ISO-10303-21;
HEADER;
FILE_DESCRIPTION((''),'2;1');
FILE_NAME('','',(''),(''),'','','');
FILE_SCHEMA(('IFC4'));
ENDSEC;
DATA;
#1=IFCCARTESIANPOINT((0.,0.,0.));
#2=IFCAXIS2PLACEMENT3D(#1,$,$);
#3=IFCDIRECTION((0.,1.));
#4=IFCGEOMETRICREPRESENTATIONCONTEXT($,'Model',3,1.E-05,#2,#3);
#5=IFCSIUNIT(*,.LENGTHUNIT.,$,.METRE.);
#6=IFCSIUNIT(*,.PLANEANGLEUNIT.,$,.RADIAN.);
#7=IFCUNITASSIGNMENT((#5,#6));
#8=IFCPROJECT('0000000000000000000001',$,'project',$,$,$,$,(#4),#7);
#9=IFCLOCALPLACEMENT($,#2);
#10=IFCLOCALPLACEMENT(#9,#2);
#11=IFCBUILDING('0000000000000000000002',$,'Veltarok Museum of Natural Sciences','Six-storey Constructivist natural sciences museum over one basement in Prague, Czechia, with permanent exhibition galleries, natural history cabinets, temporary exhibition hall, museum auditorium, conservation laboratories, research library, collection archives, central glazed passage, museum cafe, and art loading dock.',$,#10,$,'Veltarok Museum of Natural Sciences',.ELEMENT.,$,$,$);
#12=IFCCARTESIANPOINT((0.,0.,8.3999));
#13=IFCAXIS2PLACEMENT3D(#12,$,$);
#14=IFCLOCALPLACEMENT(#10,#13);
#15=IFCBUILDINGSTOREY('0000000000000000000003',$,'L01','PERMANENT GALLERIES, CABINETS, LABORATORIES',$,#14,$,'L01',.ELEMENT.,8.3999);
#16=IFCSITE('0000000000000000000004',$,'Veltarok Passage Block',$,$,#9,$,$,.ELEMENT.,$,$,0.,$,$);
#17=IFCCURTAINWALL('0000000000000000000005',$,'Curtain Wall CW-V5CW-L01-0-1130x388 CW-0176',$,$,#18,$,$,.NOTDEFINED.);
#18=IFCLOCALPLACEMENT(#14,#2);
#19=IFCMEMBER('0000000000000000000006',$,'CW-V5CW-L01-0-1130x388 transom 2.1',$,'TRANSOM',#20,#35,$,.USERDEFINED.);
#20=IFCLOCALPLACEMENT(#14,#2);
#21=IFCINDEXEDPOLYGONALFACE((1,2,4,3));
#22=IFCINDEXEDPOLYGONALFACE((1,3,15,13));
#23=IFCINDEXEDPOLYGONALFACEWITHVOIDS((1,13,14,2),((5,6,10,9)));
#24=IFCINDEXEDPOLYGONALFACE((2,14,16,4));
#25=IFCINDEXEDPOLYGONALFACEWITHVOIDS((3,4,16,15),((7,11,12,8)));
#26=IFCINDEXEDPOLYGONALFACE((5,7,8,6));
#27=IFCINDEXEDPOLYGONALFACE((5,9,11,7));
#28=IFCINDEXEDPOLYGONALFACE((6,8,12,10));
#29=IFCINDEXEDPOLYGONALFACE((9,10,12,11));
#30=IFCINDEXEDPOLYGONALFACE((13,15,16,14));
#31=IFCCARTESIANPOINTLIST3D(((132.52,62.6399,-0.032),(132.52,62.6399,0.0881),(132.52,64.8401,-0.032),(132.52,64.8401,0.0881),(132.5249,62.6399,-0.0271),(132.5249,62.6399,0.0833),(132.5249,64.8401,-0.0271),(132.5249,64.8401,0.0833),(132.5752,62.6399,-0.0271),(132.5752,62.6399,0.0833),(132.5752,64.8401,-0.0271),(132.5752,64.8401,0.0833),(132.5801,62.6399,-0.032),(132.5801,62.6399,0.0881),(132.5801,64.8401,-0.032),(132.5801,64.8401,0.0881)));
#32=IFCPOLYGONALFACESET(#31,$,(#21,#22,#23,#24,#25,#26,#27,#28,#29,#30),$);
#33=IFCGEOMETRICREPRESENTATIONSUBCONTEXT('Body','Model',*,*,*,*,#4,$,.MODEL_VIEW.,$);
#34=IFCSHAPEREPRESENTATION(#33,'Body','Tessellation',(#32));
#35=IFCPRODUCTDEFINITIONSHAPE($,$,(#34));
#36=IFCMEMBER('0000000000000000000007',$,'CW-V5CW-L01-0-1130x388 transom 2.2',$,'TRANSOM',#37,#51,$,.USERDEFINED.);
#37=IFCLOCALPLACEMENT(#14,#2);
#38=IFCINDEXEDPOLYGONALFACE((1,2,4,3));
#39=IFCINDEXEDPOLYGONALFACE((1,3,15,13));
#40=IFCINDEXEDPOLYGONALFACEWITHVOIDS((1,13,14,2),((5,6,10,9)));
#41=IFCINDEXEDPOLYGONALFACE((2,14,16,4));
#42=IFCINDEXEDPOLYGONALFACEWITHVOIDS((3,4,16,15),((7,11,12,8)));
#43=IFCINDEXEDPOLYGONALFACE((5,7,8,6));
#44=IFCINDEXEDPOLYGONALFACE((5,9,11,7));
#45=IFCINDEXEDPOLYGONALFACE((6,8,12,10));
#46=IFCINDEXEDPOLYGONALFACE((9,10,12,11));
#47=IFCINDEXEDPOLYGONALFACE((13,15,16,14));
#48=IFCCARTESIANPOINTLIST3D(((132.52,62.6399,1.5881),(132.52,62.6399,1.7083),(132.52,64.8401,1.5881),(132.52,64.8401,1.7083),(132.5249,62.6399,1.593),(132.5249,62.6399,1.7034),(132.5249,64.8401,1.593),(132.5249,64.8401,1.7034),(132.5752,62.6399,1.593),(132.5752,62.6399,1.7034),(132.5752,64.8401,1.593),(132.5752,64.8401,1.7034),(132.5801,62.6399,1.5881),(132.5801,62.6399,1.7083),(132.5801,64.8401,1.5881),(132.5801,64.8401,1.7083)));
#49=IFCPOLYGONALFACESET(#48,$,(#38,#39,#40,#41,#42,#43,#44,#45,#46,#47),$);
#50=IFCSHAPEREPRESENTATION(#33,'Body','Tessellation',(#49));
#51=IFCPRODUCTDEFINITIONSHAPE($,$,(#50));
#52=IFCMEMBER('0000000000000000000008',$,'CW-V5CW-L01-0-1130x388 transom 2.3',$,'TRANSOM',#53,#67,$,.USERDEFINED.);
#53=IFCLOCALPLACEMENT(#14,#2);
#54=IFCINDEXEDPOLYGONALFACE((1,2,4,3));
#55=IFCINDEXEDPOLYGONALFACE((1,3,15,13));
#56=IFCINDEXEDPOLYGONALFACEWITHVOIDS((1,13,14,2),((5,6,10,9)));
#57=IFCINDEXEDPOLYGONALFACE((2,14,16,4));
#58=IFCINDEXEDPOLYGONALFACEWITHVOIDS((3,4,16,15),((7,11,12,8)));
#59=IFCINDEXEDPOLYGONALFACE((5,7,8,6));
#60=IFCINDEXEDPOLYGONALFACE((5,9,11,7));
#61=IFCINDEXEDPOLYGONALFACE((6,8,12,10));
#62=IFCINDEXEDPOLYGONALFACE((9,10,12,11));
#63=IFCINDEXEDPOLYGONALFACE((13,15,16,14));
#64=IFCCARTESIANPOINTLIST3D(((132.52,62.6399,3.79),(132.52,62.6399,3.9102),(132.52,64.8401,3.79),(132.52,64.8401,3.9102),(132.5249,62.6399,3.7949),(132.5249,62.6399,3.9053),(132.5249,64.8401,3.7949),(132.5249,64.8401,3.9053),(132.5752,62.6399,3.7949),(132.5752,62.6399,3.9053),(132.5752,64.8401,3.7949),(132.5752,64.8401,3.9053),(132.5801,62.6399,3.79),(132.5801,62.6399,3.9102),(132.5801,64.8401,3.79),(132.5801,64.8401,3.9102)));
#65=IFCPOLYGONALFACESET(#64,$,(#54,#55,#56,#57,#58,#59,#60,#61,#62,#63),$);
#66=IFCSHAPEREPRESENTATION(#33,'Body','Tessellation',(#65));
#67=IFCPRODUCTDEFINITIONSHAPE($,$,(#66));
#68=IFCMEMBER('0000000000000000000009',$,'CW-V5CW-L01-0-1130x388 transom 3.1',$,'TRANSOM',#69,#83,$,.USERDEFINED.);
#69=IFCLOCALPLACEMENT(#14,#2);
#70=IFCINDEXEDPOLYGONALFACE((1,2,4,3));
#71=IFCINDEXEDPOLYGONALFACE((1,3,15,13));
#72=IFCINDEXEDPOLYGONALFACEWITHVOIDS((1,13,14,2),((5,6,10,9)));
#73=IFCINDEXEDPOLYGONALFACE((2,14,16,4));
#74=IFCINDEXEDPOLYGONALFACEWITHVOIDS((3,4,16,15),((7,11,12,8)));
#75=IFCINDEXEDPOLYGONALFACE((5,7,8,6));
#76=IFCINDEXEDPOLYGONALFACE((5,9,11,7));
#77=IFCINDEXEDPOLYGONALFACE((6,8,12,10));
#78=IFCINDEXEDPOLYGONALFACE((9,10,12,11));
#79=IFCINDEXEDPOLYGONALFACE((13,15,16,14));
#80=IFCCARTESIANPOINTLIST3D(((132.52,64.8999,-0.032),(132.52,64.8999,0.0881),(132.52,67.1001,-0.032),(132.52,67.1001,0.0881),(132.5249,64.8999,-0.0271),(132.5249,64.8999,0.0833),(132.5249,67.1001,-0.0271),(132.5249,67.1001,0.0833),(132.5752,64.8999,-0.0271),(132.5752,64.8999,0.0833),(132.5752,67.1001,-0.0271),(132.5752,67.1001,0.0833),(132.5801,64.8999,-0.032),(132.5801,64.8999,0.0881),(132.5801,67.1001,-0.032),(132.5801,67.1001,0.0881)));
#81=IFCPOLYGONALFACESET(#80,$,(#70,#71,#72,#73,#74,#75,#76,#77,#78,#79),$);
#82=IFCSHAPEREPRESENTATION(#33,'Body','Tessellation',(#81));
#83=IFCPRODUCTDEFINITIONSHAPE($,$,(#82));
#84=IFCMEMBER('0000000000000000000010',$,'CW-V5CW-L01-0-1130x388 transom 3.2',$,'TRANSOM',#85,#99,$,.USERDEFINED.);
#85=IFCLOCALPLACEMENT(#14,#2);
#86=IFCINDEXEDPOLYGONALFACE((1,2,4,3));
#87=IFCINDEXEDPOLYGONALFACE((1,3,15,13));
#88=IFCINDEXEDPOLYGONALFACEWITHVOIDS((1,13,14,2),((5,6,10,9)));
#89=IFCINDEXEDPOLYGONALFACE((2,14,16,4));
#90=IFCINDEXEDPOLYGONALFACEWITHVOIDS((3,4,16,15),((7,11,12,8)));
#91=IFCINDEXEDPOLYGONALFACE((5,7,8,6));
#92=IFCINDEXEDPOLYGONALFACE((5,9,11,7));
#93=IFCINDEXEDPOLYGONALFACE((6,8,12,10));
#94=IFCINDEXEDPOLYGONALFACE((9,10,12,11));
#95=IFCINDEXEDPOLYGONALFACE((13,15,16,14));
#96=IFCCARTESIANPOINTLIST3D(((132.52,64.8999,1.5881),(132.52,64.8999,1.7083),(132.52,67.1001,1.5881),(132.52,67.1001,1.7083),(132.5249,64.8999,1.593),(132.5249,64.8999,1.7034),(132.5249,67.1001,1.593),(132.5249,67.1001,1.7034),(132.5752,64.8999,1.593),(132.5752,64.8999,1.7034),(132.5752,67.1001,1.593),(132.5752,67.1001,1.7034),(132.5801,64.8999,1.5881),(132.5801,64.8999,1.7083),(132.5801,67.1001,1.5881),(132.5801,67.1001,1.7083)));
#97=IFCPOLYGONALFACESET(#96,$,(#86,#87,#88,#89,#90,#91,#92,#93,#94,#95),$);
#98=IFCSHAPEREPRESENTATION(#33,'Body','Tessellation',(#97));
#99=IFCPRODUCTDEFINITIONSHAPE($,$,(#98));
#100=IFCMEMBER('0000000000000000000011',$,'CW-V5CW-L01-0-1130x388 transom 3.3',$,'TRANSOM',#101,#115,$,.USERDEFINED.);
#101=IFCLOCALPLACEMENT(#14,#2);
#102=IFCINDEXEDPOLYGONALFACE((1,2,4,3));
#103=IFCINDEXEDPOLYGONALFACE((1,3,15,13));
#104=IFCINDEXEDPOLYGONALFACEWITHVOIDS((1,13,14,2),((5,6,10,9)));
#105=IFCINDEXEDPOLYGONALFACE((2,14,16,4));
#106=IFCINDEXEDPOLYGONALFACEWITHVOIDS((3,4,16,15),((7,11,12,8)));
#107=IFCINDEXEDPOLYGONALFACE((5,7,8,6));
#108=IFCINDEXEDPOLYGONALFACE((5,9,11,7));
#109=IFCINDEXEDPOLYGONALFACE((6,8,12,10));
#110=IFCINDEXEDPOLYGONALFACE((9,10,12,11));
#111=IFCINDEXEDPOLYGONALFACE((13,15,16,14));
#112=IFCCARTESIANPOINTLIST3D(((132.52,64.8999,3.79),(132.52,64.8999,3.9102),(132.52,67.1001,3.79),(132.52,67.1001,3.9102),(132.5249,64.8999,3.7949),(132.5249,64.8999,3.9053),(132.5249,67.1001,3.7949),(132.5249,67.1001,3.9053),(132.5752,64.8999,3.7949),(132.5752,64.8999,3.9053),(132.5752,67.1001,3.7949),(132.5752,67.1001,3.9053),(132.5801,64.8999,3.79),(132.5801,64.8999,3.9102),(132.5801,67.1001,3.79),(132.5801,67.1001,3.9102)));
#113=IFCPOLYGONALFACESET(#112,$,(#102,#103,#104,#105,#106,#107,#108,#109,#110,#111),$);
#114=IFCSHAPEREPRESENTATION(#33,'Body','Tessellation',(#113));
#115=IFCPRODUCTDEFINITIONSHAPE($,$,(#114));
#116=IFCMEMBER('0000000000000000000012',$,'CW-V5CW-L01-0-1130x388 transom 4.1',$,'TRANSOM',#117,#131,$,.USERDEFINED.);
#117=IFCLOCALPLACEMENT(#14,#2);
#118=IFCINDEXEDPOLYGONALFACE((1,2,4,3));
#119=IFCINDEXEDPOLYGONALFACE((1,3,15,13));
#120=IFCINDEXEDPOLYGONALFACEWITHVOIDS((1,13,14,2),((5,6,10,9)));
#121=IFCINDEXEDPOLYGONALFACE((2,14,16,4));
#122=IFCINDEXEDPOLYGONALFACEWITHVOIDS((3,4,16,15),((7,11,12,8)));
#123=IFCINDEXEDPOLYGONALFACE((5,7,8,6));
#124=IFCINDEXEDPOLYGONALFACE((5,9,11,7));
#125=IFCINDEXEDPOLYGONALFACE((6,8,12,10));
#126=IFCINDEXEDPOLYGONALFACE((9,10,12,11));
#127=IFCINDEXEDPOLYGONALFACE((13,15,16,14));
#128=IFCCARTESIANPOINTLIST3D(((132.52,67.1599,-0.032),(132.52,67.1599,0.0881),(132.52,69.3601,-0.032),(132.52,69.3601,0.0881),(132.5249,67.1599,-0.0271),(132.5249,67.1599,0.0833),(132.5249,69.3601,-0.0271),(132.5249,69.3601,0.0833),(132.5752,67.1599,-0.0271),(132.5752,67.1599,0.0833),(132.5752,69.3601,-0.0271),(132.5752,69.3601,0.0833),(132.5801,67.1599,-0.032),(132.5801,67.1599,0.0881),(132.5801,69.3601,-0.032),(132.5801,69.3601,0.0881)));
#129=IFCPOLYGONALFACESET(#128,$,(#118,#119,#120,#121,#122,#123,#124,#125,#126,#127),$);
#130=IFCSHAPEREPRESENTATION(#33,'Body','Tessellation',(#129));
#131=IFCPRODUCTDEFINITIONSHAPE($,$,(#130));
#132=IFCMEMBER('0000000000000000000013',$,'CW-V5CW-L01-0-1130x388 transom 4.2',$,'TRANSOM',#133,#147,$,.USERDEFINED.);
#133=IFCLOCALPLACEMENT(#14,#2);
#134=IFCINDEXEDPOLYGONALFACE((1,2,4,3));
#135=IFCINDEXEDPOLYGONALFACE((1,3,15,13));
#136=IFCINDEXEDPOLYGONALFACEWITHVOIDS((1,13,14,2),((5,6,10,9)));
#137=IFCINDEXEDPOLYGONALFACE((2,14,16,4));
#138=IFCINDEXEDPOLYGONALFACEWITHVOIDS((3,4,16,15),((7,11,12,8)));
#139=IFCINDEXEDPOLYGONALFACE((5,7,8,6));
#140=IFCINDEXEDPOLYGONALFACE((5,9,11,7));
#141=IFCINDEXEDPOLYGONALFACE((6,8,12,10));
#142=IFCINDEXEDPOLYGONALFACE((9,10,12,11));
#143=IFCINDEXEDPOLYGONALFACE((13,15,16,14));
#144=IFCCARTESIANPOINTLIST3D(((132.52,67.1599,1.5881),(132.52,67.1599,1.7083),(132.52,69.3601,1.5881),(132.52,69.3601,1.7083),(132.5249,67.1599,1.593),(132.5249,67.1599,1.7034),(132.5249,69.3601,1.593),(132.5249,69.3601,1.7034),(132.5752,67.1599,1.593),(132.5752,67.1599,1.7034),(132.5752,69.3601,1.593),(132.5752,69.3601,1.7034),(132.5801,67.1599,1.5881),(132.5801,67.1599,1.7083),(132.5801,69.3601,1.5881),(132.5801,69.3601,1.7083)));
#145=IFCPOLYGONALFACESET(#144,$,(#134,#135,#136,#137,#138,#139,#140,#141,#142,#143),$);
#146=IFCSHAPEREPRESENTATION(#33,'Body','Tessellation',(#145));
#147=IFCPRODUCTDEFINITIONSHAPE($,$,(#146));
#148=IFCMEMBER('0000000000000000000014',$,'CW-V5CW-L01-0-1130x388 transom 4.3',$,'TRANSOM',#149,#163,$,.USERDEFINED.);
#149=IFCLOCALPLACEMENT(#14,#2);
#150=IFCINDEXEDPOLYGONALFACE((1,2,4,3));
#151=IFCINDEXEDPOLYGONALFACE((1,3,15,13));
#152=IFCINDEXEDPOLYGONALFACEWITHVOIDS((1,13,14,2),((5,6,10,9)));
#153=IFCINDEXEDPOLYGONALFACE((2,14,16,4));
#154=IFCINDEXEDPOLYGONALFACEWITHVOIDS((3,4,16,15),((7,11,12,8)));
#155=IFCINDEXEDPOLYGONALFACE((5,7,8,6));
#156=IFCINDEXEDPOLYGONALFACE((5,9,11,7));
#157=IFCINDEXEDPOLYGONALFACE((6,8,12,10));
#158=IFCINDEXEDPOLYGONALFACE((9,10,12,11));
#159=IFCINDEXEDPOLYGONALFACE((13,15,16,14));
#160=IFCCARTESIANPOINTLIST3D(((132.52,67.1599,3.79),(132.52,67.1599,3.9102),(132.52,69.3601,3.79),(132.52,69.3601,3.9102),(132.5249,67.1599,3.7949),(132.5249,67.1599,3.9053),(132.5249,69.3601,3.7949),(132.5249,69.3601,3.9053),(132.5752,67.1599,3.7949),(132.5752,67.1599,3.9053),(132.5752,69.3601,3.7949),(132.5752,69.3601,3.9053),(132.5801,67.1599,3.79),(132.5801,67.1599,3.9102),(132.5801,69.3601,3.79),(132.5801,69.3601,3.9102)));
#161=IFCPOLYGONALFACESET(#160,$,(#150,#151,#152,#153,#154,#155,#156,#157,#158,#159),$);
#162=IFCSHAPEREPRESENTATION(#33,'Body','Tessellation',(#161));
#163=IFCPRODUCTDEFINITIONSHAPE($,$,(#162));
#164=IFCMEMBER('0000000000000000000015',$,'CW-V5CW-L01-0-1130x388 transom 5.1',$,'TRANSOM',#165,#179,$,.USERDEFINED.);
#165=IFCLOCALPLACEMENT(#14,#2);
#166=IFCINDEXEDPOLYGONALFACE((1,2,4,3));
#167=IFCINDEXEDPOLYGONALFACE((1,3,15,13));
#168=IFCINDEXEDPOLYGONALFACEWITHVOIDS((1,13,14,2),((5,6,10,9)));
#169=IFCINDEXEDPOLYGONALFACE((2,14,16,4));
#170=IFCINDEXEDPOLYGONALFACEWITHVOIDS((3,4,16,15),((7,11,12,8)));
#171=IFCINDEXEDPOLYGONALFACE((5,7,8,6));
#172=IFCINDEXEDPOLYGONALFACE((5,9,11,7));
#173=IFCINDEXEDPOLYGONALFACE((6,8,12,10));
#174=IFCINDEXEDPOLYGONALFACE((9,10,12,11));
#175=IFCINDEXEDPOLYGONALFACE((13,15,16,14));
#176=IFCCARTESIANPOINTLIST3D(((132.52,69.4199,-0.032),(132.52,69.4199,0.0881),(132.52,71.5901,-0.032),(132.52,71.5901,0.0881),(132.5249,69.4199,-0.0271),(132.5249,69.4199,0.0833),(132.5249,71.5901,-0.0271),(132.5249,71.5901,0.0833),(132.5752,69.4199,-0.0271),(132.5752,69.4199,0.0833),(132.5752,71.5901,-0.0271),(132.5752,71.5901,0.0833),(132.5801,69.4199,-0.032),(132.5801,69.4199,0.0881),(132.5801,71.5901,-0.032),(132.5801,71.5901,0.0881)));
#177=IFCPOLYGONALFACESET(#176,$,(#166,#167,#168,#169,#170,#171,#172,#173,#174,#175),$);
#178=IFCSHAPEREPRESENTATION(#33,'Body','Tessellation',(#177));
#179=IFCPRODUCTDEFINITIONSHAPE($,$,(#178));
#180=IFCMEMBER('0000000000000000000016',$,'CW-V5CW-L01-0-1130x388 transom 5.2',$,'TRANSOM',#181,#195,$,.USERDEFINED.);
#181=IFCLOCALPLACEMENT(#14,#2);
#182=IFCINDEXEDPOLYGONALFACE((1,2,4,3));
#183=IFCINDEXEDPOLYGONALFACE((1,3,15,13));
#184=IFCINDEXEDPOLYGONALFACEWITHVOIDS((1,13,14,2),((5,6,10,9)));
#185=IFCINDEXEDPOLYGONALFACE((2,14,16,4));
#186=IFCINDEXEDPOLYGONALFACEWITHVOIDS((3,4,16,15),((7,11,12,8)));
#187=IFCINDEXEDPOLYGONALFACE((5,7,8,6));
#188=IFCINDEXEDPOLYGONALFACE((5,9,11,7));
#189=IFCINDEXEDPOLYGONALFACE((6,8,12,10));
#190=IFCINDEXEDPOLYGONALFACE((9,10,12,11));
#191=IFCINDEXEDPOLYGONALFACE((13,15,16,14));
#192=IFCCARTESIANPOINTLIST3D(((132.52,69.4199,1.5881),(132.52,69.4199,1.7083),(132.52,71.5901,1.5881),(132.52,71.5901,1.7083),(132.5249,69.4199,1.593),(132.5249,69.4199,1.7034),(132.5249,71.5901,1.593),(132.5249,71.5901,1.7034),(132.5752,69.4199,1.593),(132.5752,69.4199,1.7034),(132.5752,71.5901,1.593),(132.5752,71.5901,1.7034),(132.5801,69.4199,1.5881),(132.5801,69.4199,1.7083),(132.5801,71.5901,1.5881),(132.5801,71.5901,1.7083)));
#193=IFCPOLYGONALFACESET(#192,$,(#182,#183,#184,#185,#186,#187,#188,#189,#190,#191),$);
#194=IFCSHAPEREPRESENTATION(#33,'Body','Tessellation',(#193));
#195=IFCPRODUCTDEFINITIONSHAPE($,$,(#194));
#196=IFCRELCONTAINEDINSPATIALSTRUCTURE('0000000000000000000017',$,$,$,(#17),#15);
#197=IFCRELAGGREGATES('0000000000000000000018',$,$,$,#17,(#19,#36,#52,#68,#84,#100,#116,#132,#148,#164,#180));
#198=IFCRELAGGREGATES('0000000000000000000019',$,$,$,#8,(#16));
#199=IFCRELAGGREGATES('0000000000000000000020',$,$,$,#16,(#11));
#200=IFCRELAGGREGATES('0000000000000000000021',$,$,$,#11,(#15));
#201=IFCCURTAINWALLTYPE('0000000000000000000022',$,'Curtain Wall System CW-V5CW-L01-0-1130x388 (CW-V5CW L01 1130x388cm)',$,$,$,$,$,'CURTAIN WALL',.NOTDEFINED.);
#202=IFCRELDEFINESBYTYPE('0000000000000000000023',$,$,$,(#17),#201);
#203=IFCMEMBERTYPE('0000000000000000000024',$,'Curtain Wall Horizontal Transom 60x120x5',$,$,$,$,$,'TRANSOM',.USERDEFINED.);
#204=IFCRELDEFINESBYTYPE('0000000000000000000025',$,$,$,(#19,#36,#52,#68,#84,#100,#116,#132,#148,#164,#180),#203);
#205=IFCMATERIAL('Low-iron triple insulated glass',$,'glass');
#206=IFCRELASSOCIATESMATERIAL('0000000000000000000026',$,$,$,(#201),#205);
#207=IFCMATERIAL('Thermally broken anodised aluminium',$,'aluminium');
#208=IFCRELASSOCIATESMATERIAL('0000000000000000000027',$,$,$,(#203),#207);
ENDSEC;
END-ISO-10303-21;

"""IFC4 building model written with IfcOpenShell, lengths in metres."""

from ifc_helpers import new_model, si_unit, direction, frame, origin, origin_2d, place, context, subcontext, project, spatial, hollow_rectangle, extrude, material, material_profile, profile_set, type_object, element, aggregate, save


model = new_model("IFC4")

# Units and contexts
model_context = context("Model", 3, precision=1e-05, world=origin(), true_north=direction((0.0, 1.0)))
body_context = subcontext(model_context, "Body", "Model", "MODEL_VIEW")
ifc_project = project(units=[si_unit("LENGTHUNIT", "METRE"), si_unit("PLANEANGLEUNIT", "RADIAN")], contexts=[model_context])

# Site, building, storey
site_placement = place(None, origin())
site = spatial("IfcSite", under=ifc_project, at=site_placement, Name="Veltarok Passage Block", CompositionType="ELEMENT", RefElevation=0.0)
building_placement = place(site_placement, origin())
building = spatial("IfcBuilding", under=site, at=building_placement, Name="Veltarok Museum of Natural Sciences", Description="Six-storey Constructivist natural sciences museum over one basement in Prague, Czechia, with permanent exhibition galleries, natural history cabinets, temporary exhibition hall, museum auditorium, conservation laboratories, research library, collection archives, central glazed passage, museum cafe, and art loading dock.", LongName="Veltarok Museum of Natural Sciences", CompositionType="ELEMENT")
storey_placement = place(building_placement, frame((0.0, 0.0, 8.3999)))
storey = spatial("IfcBuildingStorey", under=building, at=storey_placement, Name="L01", Description="PERMANENT GALLERIES, CABINETS, LABORATORIES", LongName="L01", CompositionType="ELEMENT", Elevation=8.3999)

# Curtain wall, members
ifc_material_1 = material(Name="Low-iron triple insulated glass", Category="glass")
curtain_wall_type_1 = type_object("IfcCurtainWallType", Name="Curtain Wall System CW-V5CW-L01-0-1130x388 (CW-V5CW L01 1130x388cm)", ElementType="CURTAIN WALL", PredefinedType="NOTDEFINED", material=ifc_material_1)
curtain_wall_1_placement = place(storey_placement, origin())
curtain_wall_1 = element("IfcCurtainWall", 1, at=curtain_wall_1_placement, inside=storey, type_object=curtain_wall_type_1, Name="Curtain Wall CW-V5CW-L01-0-1130x388 CW-0176", PredefinedType="NOTDEFINED")
ifc_material_2 = material(Name="Thermally broken anodised aluminium", Category="aluminium")
ifc_material_profile_1 = material_profile(ifc_material_2, hollow_rectangle(XDim=0.0601, YDim=0.1201, WallThickness=0.0049, at=origin_2d()), Name="CW TRANSOM 60x120x5")
ifc_profile_set_1 = profile_set([ifc_material_profile_1], Name="Thermally broken anodised aluminium")
member_type_1 = type_object("IfcMemberType", Name="Curtain Wall Horizontal Transom 60x120x5", ElementType="TRANSOM", PredefinedType="USERDEFINED", material=ifc_profile_set_1)
member_1_placement = place(storey_placement, frame((132.55, 62.6399, 0.0281), z_axis=(0.0, 1.0, 0.0), x_axis=(-1.0, 0.0, 0.0)))
member_1 = element("IfcMember", 2, at=member_1_placement, type_object=member_type_1, Name="CW-V5CW-L01-0-1130x388 transom 2.1", ObjectType="TRANSOM", PredefinedType="USERDEFINED", context=body_context, shape_type="SweptSolid", body=[
    extrude(hollow_rectangle(XDim=0.0601, YDim=0.1201, WallThickness=0.0049, at=origin_2d()), origin(), (0.0, 0.0, 1.0), 2.2002),
])
member_2_placement = place(storey_placement, frame((132.55, 62.6399, 1.6482), z_axis=(0.0, 1.0, 0.0), x_axis=(-1.0, 0.0, 0.0)))
member_2 = element("IfcMember", 3, at=member_2_placement, type_object=member_type_1, Name="CW-V5CW-L01-0-1130x388 transom 2.2", ObjectType="TRANSOM", PredefinedType="USERDEFINED", context=body_context, shape_type="SweptSolid", body=[
    extrude(hollow_rectangle(XDim=0.0601, YDim=0.1201, WallThickness=0.0049, at=origin_2d()), origin(), (0.0, 0.0, 1.0), 2.2002),
])
member_3_placement = place(storey_placement, frame((132.55, 62.6399, 3.8501), z_axis=(0.0, 1.0, 0.0), x_axis=(-1.0, 0.0, 0.0)))
member_3 = element("IfcMember", 4, at=member_3_placement, type_object=member_type_1, Name="CW-V5CW-L01-0-1130x388 transom 2.3", ObjectType="TRANSOM", PredefinedType="USERDEFINED", context=body_context, shape_type="SweptSolid", body=[
    extrude(hollow_rectangle(XDim=0.0601, YDim=0.1201, WallThickness=0.0049, at=origin_2d()), origin(), (0.0, 0.0, 1.0), 2.2002),
])
member_4_placement = place(storey_placement, frame((132.55, 64.8999, 0.0281), z_axis=(0.0, 1.0, 0.0), x_axis=(-1.0, 0.0, 0.0)))
member_4 = element("IfcMember", 5, at=member_4_placement, type_object=member_type_1, Name="CW-V5CW-L01-0-1130x388 transom 3.1", ObjectType="TRANSOM", PredefinedType="USERDEFINED", context=body_context, shape_type="SweptSolid", body=[
    extrude(hollow_rectangle(XDim=0.0601, YDim=0.1201, WallThickness=0.0049, at=origin_2d()), origin(), (0.0, 0.0, 1.0), 2.2002),
])
member_5_placement = place(storey_placement, frame((132.55, 64.8999, 1.6482), z_axis=(0.0, 1.0, 0.0), x_axis=(-1.0, 0.0, 0.0)))
member_5 = element("IfcMember", 6, at=member_5_placement, type_object=member_type_1, Name="CW-V5CW-L01-0-1130x388 transom 3.2", ObjectType="TRANSOM", PredefinedType="USERDEFINED", context=body_context, shape_type="SweptSolid", body=[
    extrude(hollow_rectangle(XDim=0.0601, YDim=0.1201, WallThickness=0.0049, at=origin_2d()), origin(), (0.0, 0.0, 1.0), 2.2002),
])
member_6_placement = place(storey_placement, frame((132.55, 64.8999, 3.8501), z_axis=(0.0, 1.0, 0.0), x_axis=(-1.0, 0.0, 0.0)))
member_6 = element("IfcMember", 7, at=member_6_placement, type_object=member_type_1, Name="CW-V5CW-L01-0-1130x388 transom 3.3", ObjectType="TRANSOM", PredefinedType="USERDEFINED", context=body_context, shape_type="SweptSolid", body=[
    extrude(hollow_rectangle(XDim=0.0601, YDim=0.1201, WallThickness=0.0049, at=origin_2d()), origin(), (0.0, 0.0, 1.0), 2.2002),
])
member_7_placement = place(storey_placement, frame((132.55, 67.1599, 0.0281), z_axis=(0.0, 1.0, 0.0), x_axis=(-1.0, 0.0, 0.0)))
member_7 = element("IfcMember", 8, at=member_7_placement, type_object=member_type_1, Name="CW-V5CW-L01-0-1130x388 transom 4.1", ObjectType="TRANSOM", PredefinedType="USERDEFINED", context=body_context, shape_type="SweptSolid", body=[
    extrude(hollow_rectangle(XDim=0.0601, YDim=0.1201, WallThickness=0.0049, at=origin_2d()), origin(), (0.0, 0.0, 1.0), 2.2002),
])
member_8_placement = place(storey_placement, frame((132.55, 67.1599, 1.6482), z_axis=(0.0, 1.0, 0.0), x_axis=(-1.0, 0.0, 0.0)))
member_8 = element("IfcMember", 9, at=member_8_placement, type_object=member_type_1, Name="CW-V5CW-L01-0-1130x388 transom 4.2", ObjectType="TRANSOM", PredefinedType="USERDEFINED", context=body_context, shape_type="SweptSolid", body=[
    extrude(hollow_rectangle(XDim=0.0601, YDim=0.1201, WallThickness=0.0049, at=origin_2d()), origin(), (0.0, 0.0, 1.0), 2.2002),
])
member_9_placement = place(storey_placement, frame((132.55, 67.1599, 3.8501), z_axis=(0.0, 1.0, 0.0), x_axis=(-1.0, 0.0, 0.0)))
member_9 = element("IfcMember", 10, at=member_9_placement, type_object=member_type_1, Name="CW-V5CW-L01-0-1130x388 transom 4.3", ObjectType="TRANSOM", PredefinedType="USERDEFINED", context=body_context, shape_type="SweptSolid", body=[
    extrude(hollow_rectangle(XDim=0.0601, YDim=0.1201, WallThickness=0.0049, at=origin_2d()), origin(), (0.0, 0.0, 1.0), 2.2002),
])
member_10_placement = place(storey_placement, frame((132.55, 69.4199, 0.0281), z_axis=(0.0, 1.0, 0.0), x_axis=(-1.0, 0.0, 0.0)))
member_10 = element("IfcMember", 11, at=member_10_placement, type_object=member_type_1, Name="CW-V5CW-L01-0-1130x388 transom 5.1", ObjectType="TRANSOM", PredefinedType="USERDEFINED", context=body_context, shape_type="SweptSolid", body=[
    extrude(hollow_rectangle(XDim=0.0601, YDim=0.1201, WallThickness=0.0049, at=origin_2d()), origin(), (0.0, 0.0, 1.0), 2.1702),
])
member_11_placement = place(storey_placement, frame((132.55, 69.4199, 1.6482), z_axis=(0.0, 1.0, 0.0), x_axis=(-1.0, 0.0, 0.0)))
member_11 = element("IfcMember", 12, at=member_11_placement, type_object=member_type_1, Name="CW-V5CW-L01-0-1130x388 transom 5.2", ObjectType="TRANSOM", PredefinedType="USERDEFINED", context=body_context, shape_type="SweptSolid", body=[
    extrude(hollow_rectangle(XDim=0.0601, YDim=0.1201, WallThickness=0.0049, at=origin_2d()), origin(), (0.0, 0.0, 1.0), 2.1702),
])

aggregate(curtain_wall_1, [member_1, member_2, member_3, member_4, member_5, member_6, member_7, member_8, member_9, member_10, member_11])

save(model, "model.ifc")
